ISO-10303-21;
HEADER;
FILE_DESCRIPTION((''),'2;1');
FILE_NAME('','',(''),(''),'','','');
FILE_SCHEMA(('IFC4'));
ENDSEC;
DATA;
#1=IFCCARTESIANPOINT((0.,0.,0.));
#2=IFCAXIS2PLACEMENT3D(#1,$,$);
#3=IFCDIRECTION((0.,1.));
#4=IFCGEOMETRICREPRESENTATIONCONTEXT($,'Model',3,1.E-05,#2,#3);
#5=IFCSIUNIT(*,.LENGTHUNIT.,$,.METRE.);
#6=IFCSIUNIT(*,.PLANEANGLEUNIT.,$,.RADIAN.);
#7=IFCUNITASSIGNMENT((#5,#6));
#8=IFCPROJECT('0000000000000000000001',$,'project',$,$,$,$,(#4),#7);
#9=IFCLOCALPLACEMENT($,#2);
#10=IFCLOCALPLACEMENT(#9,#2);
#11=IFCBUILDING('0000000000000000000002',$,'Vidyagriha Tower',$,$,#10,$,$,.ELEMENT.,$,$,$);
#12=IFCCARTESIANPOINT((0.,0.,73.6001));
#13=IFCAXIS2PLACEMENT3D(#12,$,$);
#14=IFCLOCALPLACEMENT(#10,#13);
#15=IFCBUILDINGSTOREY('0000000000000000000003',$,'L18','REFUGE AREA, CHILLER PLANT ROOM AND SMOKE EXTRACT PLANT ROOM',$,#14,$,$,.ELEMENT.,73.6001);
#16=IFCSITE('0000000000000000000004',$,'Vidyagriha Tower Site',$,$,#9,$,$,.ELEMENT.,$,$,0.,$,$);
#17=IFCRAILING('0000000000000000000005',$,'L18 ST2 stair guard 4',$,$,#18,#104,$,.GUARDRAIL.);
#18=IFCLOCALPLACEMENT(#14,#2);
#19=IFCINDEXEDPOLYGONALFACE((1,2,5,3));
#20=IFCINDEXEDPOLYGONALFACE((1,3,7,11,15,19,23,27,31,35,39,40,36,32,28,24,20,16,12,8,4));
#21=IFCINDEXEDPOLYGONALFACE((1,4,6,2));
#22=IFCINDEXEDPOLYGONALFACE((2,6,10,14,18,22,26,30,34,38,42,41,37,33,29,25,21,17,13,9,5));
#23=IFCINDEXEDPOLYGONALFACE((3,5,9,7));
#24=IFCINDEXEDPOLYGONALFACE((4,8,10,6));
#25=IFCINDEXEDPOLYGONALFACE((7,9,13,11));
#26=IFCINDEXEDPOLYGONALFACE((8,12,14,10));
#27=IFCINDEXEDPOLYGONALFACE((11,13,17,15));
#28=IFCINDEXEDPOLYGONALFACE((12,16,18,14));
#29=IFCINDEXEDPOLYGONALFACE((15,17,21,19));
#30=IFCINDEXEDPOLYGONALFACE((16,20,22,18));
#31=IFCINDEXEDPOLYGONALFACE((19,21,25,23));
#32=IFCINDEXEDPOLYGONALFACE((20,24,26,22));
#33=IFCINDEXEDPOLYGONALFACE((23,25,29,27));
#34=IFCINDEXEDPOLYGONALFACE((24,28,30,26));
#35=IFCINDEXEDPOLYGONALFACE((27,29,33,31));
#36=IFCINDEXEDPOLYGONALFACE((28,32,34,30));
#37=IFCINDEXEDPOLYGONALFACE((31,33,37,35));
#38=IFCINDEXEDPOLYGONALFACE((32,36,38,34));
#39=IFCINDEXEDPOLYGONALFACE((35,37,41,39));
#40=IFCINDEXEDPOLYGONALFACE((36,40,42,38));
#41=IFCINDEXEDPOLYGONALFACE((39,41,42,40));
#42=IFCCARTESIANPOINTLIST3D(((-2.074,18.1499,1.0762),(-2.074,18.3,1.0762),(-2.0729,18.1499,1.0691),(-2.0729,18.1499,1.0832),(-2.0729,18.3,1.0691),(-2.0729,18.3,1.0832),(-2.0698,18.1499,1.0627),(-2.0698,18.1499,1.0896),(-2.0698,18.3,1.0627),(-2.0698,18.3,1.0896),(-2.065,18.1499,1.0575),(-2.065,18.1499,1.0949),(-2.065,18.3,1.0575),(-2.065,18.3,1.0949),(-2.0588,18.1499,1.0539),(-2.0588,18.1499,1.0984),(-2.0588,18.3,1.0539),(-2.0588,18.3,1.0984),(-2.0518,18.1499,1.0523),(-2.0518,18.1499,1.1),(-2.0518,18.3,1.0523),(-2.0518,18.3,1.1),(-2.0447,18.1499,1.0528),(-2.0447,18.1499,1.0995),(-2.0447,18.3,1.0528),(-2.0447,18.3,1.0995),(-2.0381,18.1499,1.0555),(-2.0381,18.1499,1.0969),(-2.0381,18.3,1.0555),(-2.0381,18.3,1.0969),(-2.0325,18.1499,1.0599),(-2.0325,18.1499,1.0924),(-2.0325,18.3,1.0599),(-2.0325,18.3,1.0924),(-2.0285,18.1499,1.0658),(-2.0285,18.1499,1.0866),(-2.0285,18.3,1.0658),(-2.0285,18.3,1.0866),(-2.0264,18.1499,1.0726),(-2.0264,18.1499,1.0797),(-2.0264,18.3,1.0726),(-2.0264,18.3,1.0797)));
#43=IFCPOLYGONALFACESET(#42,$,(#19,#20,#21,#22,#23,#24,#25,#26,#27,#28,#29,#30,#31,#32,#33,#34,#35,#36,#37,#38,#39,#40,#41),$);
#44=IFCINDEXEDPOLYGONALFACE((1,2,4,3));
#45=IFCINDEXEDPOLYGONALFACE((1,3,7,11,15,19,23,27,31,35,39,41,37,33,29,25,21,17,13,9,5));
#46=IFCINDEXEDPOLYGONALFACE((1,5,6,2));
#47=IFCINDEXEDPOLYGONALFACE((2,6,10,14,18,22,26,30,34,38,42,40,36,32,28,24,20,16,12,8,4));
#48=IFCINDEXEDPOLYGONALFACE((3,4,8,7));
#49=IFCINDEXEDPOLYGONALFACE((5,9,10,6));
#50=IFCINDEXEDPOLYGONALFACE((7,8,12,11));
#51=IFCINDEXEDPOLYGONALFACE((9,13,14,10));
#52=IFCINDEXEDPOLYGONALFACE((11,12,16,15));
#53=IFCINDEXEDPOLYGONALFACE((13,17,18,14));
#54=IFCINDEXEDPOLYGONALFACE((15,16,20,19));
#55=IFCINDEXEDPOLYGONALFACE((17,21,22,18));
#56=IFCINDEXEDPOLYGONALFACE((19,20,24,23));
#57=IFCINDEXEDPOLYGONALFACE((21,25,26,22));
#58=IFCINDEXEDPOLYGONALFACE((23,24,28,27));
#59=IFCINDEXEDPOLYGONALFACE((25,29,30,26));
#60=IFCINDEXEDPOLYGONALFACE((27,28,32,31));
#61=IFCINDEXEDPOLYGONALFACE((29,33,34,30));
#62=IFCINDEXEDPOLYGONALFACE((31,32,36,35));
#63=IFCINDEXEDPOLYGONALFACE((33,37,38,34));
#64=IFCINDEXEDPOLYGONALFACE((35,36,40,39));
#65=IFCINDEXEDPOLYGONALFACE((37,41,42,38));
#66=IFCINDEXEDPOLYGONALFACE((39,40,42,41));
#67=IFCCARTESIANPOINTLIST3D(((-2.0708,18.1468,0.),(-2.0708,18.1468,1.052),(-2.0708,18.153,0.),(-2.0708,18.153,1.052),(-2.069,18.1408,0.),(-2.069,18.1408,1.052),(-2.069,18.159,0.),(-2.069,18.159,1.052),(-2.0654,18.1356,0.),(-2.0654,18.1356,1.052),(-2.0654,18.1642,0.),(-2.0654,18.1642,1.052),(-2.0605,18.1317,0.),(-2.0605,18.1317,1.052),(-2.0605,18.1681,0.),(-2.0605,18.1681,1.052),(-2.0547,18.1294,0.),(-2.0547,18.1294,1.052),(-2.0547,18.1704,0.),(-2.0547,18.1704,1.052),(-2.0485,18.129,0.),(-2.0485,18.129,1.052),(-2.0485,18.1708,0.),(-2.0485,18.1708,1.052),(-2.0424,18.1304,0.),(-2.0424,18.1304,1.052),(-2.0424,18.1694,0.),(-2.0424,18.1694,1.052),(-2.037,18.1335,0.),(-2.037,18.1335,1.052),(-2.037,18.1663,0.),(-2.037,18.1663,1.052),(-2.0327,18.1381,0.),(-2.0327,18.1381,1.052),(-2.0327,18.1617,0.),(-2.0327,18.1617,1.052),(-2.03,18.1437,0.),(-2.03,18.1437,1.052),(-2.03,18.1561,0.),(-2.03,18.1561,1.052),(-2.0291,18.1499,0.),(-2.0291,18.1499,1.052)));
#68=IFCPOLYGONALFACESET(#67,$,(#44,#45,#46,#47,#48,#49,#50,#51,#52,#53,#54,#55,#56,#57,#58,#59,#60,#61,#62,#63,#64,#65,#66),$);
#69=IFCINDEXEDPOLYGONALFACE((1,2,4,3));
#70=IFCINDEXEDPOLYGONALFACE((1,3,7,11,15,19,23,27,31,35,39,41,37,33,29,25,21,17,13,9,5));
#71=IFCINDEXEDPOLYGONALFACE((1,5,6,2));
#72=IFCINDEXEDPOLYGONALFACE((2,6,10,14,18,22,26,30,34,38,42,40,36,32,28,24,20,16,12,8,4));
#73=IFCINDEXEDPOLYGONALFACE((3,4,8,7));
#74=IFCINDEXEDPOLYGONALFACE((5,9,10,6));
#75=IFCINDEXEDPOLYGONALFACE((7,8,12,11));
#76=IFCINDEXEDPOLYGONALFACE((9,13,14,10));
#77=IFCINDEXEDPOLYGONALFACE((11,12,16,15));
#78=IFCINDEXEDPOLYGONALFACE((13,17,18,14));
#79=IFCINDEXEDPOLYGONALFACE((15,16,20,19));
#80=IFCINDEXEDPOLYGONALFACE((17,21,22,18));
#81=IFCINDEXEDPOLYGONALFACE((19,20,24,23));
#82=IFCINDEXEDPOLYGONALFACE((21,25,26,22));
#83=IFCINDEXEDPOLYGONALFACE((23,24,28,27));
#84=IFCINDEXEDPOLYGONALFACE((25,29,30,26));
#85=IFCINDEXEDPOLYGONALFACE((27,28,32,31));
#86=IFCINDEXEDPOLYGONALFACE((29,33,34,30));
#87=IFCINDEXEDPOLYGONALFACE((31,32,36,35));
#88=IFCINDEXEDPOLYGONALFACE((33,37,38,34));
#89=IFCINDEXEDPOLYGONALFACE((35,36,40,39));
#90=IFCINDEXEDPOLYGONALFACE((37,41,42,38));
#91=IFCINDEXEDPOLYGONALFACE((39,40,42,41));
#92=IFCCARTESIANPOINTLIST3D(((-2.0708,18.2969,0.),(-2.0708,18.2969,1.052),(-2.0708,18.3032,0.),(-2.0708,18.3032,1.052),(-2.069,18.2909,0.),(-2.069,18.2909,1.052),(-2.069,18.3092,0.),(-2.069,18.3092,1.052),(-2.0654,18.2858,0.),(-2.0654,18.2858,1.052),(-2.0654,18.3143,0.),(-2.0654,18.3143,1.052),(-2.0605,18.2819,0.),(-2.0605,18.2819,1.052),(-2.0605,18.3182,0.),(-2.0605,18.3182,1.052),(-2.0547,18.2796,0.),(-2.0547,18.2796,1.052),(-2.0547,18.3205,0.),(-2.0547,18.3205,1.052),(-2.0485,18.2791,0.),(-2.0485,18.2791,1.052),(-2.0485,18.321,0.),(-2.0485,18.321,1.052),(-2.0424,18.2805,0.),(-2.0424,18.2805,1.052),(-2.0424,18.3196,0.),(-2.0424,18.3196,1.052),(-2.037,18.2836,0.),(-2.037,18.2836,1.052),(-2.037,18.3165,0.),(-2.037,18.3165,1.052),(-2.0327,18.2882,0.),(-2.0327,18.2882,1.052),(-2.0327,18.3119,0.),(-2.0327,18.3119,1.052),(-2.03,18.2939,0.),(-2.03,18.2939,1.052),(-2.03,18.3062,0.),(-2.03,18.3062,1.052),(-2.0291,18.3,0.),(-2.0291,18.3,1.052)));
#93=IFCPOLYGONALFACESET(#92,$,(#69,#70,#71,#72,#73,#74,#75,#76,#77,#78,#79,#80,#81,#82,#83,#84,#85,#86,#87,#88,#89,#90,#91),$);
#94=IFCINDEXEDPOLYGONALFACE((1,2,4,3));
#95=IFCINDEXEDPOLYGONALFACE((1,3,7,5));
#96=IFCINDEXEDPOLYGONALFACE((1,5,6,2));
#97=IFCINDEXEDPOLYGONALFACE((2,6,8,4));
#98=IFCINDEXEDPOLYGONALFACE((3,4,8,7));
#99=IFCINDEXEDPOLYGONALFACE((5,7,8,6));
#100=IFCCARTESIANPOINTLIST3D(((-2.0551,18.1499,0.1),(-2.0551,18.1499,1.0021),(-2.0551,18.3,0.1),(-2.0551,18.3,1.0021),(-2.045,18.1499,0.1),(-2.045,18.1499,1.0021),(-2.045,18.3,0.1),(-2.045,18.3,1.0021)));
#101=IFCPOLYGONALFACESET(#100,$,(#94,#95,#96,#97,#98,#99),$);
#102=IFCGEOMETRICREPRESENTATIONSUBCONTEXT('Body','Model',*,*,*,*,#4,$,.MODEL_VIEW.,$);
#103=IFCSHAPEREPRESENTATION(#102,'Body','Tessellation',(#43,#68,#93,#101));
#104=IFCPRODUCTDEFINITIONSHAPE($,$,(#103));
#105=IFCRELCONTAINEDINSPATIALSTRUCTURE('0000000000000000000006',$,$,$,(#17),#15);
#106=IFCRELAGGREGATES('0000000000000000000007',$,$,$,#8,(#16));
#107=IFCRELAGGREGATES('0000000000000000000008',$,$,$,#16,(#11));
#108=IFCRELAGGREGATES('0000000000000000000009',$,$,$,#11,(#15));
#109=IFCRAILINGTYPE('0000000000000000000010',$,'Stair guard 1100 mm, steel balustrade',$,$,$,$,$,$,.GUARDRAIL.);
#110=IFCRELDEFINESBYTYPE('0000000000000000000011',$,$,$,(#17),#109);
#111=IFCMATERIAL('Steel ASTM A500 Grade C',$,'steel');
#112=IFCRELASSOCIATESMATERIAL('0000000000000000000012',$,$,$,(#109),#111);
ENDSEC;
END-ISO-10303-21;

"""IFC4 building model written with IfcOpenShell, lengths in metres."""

from ifc_helpers import new_model, si_unit, direction, frame, origin, origin_2d, place, context, subcontext, project, spatial, rectangle, circle, extrude, material, type_object, element, save


model = new_model("IFC4")

# Units and contexts
model_context = context("Model", 3, precision=1e-05, world=origin(), true_north=direction((0.0, 1.0)))
body_context = subcontext(model_context, "Body", "Model", "MODEL_VIEW")
ifc_project = project(units=[si_unit("LENGTHUNIT", "METRE"), si_unit("PLANEANGLEUNIT", "RADIAN")], contexts=[model_context])

# Site, building, storey
site_placement = place(None, origin())
site = spatial("IfcSite", under=ifc_project, at=site_placement, Name="Vidyagriha Tower Site", CompositionType="ELEMENT", RefElevation=0.0)
building_placement = place(site_placement, origin())
building = spatial("IfcBuilding", under=site, at=building_placement, Name="Vidyagriha Tower", CompositionType="ELEMENT")
storey_placement = place(building_placement, frame((0.0, 0.0, 73.6001)))
storey = spatial("IfcBuildingStorey", under=building, at=storey_placement, Name="L18", Description="REFUGE AREA, CHILLER PLANT ROOM AND SMOKE EXTRACT PLANT ROOM", CompositionType="ELEMENT", Elevation=73.6001)

# Railing
ifc_material_1 = material(Name="Steel ASTM A500 Grade C", Category="steel")
railing_type_1 = type_object("IfcRailingType", Name="Stair guard 1100 mm, steel balustrade", PredefinedType="GUARDRAIL", material=ifc_material_1)
railing_1_placement = place(storey_placement, frame((-2.05, 18.1499, 0.0)))
element("IfcRailing", 1, at=railing_1_placement, inside=storey, type_object=railing_type_1, Name="L18 ST2 stair guard 4", PredefinedType="GUARDRAIL", context=body_context, shape_type="SweptSolid", body=[
    extrude(circle(Radius=0.0239, at=origin_2d()), frame((0.0, 0.0, 1.0762), z_axis=(0.0, 1.0, 0.0), x_axis=(-1.0, 0.0, 0.0)), (0.0, 0.0, 1.0), 0.1501),
    extrude(circle(Radius=0.021, at=origin_2d()), origin(), (0.0, 0.0, 1.0), 1.052),
    extrude(circle(Radius=0.021, at=origin_2d()), frame((0.0, 0.1501, 0.0)), (0.0, 0.0, 1.0), 1.052),
    extrude(rectangle(XDim=0.01, YDim=0.9021, at=origin_2d()), frame((0.0, 0.0, 0.551), z_axis=(0.0, 1.0, 0.0), x_axis=(-1.0, 0.0, 0.0)), (0.0, 0.0, 1.0), 0.1501),
])

save(model, "model.ifc")
